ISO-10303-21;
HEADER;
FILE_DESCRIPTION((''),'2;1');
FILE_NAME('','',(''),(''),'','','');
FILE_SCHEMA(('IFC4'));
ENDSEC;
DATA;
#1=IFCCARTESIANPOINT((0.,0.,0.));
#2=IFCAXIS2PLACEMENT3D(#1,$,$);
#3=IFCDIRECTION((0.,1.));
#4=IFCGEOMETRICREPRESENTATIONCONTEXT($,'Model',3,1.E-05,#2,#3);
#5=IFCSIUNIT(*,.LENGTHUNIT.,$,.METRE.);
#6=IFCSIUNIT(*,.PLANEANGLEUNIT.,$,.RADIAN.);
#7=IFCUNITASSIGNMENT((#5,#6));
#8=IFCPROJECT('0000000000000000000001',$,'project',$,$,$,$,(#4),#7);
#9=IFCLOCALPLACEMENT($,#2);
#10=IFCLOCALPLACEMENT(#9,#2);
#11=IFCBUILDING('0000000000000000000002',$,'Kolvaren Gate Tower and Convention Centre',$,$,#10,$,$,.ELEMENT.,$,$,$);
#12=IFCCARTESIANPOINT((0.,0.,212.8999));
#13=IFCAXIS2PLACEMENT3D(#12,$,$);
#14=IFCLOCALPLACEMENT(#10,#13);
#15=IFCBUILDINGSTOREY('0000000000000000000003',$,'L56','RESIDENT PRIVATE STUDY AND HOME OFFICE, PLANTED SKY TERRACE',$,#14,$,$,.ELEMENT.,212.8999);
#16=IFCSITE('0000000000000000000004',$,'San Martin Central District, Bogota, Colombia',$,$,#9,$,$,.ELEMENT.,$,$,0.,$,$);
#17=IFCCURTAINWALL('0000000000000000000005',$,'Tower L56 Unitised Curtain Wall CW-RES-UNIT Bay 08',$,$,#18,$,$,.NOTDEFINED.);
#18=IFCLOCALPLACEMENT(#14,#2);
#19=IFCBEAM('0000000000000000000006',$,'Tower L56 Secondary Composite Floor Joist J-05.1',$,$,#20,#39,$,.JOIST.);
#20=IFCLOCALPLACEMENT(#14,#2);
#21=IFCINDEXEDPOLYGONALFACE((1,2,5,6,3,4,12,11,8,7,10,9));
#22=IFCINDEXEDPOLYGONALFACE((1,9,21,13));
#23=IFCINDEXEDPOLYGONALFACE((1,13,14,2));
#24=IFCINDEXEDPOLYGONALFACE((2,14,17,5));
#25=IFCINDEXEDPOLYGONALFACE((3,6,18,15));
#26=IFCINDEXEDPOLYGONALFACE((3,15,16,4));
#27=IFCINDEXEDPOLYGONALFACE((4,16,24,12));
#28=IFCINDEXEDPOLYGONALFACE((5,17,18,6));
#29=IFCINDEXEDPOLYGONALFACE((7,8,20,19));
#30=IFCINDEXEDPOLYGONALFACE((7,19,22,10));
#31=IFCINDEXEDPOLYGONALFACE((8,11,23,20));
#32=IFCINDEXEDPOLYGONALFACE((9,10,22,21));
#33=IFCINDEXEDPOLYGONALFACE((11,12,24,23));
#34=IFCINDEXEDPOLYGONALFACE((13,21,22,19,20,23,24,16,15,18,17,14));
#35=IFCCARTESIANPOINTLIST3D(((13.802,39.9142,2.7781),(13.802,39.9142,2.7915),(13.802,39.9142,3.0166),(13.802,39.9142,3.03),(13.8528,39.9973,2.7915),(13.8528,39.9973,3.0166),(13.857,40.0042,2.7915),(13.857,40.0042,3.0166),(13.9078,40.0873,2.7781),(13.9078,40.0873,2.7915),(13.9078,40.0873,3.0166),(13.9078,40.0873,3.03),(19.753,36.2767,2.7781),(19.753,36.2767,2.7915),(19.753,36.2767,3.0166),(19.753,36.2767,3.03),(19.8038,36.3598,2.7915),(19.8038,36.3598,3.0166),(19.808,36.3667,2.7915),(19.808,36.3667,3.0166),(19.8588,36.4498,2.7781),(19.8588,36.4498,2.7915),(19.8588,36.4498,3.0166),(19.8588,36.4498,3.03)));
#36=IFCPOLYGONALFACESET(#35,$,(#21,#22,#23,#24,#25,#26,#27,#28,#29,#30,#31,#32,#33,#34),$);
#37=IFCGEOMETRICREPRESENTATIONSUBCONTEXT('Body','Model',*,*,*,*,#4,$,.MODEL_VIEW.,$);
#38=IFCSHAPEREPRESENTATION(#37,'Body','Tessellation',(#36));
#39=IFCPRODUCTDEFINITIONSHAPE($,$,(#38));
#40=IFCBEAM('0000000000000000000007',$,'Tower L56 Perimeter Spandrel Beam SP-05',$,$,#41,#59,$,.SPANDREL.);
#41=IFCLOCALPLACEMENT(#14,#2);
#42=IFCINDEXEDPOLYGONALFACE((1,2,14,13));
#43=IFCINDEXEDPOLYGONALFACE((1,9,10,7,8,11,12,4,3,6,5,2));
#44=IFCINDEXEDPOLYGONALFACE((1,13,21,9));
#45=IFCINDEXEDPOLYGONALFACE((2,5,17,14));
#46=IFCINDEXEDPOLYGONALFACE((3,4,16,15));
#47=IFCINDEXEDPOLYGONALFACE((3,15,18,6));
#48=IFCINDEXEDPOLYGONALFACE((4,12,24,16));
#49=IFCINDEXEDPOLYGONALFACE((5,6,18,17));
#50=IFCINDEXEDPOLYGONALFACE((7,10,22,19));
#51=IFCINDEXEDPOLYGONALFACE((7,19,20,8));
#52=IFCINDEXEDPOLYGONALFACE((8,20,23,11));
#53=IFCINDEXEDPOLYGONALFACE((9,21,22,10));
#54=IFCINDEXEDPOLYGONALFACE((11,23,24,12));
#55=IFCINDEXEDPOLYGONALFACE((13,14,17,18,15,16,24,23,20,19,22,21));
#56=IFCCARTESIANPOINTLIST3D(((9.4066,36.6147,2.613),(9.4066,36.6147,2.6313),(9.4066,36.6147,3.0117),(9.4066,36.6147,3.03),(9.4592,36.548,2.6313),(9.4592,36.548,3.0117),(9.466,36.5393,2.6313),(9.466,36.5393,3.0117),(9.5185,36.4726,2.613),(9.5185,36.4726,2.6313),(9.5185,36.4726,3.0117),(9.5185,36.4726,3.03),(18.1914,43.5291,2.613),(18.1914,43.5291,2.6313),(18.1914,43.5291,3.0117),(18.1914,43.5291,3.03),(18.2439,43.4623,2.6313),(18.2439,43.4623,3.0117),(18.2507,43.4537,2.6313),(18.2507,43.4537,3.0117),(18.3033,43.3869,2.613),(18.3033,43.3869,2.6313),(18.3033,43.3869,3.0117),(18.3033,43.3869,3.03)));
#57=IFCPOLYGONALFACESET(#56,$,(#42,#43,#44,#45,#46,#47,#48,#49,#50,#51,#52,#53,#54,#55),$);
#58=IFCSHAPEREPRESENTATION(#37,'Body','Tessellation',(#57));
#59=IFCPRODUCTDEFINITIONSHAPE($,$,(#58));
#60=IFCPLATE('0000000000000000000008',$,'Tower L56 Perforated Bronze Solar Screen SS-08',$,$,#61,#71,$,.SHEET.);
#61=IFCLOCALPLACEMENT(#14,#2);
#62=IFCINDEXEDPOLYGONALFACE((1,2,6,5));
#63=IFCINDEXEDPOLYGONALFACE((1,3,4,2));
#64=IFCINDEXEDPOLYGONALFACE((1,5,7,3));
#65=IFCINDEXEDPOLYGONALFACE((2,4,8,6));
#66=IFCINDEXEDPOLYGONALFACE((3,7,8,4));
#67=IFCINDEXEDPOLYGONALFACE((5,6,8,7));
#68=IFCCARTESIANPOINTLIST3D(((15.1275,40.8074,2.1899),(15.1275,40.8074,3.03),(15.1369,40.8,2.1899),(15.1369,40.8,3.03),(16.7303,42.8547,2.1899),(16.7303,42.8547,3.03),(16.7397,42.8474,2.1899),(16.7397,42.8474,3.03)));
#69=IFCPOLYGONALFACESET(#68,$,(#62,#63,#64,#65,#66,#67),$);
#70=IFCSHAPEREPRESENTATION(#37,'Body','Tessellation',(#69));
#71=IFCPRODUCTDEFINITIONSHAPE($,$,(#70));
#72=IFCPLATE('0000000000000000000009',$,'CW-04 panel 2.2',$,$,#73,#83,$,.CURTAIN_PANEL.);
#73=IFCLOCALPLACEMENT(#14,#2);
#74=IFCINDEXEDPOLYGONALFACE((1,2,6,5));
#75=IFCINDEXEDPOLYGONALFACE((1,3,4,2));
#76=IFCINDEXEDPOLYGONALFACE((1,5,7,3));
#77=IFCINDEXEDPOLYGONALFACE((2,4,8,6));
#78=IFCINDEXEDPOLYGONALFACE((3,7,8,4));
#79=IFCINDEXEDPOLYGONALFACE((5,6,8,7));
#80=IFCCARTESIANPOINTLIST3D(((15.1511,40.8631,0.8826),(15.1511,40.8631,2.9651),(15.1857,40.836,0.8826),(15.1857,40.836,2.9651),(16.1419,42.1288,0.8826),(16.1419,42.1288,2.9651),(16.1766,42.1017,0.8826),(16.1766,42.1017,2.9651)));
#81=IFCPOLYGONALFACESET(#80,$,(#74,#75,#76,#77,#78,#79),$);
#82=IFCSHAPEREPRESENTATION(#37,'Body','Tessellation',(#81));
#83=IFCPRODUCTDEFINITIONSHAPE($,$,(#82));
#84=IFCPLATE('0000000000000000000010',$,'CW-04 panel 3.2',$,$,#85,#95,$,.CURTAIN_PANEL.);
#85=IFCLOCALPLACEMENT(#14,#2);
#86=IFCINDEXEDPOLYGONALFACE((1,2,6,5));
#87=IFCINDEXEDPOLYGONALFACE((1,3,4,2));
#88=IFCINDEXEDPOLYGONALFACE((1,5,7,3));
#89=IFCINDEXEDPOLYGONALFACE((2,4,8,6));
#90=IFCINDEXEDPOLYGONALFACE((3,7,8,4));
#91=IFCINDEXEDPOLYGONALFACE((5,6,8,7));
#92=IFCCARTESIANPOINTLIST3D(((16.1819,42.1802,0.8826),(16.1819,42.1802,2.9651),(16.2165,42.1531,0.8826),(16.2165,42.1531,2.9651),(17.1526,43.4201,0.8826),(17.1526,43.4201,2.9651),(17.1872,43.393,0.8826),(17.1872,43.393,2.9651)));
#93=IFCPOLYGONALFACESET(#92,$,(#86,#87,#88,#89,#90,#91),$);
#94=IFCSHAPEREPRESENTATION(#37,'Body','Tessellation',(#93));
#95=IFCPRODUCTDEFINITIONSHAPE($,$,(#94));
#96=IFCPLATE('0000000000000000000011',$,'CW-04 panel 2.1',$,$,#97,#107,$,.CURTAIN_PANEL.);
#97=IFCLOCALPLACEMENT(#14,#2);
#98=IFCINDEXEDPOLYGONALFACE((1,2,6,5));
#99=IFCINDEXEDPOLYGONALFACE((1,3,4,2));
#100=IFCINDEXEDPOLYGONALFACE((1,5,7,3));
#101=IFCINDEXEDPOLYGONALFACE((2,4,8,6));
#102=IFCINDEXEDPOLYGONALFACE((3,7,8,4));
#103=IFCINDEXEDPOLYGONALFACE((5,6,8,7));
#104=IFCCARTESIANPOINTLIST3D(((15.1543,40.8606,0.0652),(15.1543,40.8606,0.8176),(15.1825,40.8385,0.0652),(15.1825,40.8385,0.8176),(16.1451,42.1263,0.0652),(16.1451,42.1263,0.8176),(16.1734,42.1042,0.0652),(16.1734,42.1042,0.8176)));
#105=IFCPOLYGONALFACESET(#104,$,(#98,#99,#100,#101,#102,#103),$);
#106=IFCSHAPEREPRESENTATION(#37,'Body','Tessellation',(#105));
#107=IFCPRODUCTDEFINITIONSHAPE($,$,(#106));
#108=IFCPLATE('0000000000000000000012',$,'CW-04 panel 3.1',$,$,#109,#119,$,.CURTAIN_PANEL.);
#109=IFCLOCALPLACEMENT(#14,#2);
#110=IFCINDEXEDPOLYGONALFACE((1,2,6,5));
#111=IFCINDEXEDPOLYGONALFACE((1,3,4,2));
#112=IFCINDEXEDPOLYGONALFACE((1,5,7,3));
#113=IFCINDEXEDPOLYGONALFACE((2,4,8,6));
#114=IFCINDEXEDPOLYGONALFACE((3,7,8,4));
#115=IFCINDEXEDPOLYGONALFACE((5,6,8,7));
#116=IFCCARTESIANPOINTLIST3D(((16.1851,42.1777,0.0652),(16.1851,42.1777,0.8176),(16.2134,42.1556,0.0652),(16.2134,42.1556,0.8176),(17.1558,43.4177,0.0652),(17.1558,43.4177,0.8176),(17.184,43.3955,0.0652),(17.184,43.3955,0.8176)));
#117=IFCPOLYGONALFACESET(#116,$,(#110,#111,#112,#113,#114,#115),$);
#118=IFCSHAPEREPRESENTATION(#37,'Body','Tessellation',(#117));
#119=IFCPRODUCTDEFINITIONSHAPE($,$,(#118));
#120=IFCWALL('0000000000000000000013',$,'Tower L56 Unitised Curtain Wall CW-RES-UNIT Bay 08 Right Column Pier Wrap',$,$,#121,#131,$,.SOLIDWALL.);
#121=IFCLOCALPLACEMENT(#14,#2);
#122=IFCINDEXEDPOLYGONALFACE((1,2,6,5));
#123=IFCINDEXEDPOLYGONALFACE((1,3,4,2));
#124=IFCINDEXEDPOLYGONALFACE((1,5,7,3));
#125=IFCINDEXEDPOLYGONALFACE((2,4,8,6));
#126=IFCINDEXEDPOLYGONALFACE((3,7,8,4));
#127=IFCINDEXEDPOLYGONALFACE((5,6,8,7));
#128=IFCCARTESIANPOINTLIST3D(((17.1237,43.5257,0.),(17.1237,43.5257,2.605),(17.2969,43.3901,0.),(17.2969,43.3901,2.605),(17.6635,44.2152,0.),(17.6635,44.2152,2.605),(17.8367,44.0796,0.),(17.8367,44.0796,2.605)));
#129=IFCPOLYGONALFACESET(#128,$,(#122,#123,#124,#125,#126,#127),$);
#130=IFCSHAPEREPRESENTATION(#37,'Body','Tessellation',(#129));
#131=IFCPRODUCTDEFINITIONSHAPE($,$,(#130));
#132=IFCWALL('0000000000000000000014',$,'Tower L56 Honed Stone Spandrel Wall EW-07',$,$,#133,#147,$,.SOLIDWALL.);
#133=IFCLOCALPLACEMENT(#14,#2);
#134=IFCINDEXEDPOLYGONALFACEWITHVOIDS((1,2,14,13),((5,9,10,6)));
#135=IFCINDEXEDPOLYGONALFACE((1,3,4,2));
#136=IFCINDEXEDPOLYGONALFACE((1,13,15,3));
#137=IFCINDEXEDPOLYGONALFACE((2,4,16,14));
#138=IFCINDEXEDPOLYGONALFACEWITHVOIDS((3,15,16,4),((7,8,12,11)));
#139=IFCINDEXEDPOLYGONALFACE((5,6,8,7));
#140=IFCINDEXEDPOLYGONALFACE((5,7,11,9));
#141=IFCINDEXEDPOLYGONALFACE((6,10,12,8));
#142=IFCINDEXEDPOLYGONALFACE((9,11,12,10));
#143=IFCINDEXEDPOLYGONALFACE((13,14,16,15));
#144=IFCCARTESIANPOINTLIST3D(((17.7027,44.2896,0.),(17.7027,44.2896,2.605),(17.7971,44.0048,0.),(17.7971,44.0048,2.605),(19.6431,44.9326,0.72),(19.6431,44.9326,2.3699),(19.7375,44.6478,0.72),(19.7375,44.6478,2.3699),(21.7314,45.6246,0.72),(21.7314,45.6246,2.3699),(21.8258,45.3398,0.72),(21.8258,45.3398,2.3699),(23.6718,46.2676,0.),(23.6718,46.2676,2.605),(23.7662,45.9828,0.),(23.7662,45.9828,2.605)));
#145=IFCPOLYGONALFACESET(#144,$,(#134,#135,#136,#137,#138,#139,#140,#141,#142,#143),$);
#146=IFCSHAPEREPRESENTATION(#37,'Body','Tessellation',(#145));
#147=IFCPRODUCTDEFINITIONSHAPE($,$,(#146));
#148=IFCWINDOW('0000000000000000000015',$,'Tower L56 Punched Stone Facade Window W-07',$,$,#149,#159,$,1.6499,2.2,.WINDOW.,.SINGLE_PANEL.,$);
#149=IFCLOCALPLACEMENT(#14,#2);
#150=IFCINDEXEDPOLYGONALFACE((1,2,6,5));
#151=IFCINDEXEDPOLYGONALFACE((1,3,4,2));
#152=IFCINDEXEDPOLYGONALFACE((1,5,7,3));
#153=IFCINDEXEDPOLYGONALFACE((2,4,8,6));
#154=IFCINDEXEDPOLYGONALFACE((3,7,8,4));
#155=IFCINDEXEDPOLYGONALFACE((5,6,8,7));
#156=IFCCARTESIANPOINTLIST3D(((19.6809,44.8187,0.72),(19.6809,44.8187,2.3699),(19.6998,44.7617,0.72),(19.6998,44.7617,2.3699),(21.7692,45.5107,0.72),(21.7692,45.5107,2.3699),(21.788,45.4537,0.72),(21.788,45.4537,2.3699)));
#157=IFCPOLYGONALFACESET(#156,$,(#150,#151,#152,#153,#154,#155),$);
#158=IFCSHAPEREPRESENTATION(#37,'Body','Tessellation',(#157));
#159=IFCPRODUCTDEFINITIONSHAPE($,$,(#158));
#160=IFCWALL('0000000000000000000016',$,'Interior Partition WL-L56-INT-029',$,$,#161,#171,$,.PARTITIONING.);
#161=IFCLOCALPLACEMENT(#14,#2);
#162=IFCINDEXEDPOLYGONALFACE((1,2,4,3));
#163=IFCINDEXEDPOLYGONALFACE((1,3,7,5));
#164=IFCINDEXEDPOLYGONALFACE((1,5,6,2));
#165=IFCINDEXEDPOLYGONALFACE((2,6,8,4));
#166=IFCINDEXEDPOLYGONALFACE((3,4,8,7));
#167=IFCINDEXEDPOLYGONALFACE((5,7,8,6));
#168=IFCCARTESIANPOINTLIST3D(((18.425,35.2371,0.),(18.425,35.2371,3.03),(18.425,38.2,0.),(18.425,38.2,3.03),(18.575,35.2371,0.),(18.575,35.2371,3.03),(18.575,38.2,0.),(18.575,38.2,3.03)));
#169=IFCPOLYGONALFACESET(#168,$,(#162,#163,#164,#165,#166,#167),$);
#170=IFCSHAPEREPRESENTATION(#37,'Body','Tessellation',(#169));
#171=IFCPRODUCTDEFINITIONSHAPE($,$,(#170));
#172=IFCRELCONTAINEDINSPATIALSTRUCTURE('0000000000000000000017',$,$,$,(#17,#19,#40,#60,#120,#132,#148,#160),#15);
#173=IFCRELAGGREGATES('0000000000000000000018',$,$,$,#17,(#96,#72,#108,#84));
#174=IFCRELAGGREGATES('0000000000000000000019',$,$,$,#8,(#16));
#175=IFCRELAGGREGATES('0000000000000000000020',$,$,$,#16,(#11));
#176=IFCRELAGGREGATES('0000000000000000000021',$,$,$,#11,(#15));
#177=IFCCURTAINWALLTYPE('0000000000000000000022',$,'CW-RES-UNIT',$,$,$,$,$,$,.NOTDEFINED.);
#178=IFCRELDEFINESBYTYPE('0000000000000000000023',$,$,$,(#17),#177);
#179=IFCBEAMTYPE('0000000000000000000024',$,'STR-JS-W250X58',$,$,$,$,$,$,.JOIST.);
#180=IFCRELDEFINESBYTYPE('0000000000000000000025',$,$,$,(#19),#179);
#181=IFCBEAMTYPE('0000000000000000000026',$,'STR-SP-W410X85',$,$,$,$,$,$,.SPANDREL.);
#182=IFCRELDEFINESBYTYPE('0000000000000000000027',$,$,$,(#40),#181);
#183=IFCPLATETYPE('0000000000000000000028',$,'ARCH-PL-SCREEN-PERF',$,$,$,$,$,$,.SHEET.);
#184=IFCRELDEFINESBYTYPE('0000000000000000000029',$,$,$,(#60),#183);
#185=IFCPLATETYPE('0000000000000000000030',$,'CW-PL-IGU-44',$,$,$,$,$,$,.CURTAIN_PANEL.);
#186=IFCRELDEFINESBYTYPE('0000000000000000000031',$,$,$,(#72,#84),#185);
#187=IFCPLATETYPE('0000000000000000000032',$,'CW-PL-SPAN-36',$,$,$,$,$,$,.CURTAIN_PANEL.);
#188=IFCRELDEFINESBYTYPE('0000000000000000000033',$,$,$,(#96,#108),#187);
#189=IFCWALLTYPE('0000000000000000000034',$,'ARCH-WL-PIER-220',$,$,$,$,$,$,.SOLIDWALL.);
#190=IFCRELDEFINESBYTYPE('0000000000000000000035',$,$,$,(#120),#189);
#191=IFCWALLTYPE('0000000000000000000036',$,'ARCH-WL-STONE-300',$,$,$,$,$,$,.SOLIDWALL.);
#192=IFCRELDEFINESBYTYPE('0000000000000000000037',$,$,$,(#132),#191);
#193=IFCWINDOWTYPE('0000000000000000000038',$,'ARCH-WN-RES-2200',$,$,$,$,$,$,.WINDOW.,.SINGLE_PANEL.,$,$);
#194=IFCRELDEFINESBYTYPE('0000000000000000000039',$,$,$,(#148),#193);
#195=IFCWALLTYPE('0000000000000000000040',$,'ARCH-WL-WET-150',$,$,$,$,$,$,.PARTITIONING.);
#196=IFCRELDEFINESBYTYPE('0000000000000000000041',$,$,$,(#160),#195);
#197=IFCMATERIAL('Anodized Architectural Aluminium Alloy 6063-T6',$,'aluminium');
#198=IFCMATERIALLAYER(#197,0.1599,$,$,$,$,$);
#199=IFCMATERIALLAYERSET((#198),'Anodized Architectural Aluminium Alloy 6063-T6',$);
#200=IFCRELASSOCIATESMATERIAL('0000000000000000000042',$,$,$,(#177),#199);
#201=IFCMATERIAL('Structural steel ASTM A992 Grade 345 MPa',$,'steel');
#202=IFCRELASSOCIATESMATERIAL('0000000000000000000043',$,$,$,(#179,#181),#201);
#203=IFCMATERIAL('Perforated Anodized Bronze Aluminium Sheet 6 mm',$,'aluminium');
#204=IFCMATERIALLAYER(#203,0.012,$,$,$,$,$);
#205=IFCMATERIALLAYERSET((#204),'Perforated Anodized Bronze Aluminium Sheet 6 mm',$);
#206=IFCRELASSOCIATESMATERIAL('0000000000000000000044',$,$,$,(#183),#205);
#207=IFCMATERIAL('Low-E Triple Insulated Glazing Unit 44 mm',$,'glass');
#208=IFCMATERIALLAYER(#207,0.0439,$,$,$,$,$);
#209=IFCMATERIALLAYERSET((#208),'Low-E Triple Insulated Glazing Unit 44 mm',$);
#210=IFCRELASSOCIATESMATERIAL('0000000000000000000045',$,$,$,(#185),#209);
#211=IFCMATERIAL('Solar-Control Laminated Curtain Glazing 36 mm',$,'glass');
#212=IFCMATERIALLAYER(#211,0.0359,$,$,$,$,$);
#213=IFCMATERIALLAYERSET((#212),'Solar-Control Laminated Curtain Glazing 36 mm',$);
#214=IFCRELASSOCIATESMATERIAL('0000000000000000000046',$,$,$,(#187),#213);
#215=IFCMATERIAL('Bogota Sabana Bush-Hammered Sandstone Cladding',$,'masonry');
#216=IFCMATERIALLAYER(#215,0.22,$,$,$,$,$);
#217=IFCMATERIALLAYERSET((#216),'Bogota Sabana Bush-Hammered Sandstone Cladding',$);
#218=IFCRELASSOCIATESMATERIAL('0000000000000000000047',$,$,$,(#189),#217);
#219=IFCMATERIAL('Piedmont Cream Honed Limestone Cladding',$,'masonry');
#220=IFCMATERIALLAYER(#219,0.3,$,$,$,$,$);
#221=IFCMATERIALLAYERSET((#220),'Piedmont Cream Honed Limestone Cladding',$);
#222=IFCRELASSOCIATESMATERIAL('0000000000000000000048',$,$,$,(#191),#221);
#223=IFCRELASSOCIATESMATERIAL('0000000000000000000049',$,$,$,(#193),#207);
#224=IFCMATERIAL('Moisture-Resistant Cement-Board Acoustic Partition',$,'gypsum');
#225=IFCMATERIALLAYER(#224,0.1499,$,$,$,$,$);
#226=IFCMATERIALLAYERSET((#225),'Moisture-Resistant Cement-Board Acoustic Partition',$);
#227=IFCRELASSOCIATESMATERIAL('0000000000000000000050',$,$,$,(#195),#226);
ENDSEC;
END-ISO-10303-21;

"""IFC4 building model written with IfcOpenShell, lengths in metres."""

from ifc_helpers import new_model, si_unit, direction, frame, frame_2d, origin, origin_2d, place, context, subcontext, project, spatial, rectangle, i_section, extrude, material, layer, layer_set, material_profile, profile_set, type_object, element, fill, aggregate, save


model = new_model("IFC4")

# Units and contexts
model_context = context("Model", 3, precision=1e-05, world=origin(), true_north=direction((0.0, 1.0)))
body_context = subcontext(model_context, "Body", "Model", "MODEL_VIEW")
ifc_project = project(units=[si_unit("LENGTHUNIT", "METRE"), si_unit("PLANEANGLEUNIT", "RADIAN")], contexts=[model_context])

# Site, building, storey
site_placement = place(None, origin())
site = spatial("IfcSite", under=ifc_project, at=site_placement, Name="San Martin Central District, Bogota, Colombia", CompositionType="ELEMENT", RefElevation=0.0)
building_placement = place(site_placement, origin())
building = spatial("IfcBuilding", under=site, at=building_placement, Name="Kolvaren Gate Tower and Convention Centre", CompositionType="ELEMENT")
storey_placement = place(building_placement, frame((0.0, 0.0, 212.8999)))
storey = spatial("IfcBuildingStorey", under=building, at=storey_placement, Name="L56", Description="RESIDENT PRIVATE STUDY AND HOME OFFICE, PLANTED SKY TERRACE", CompositionType="ELEMENT", Elevation=212.8999)

# Curtain wall
ifc_material_1 = material(Name="Anodized Architectural Aluminium Alloy 6063-T6", Category="aluminium")
ifc_layer_1 = layer(ifc_material_1, 0.1599)
ifc_layer_set_1 = layer_set([ifc_layer_1], Name="Anodized Architectural Aluminium Alloy 6063-T6")
curtain_wall_type = type_object("IfcCurtainWallType", Name="CW-RES-UNIT", PredefinedType="NOTDEFINED", material=ifc_layer_set_1)
curtain_wall_placement = place(storey_placement, origin())
curtain_wall = element("IfcCurtainWall", 1, at=curtain_wall_placement, inside=storey, type_object=curtain_wall_type, Name="Tower L56 Unitised Curtain Wall CW-RES-UNIT Bay 08", PredefinedType="NOTDEFINED")

# Beams
ifc_material_2 = material(Name="Structural steel ASTM A992 Grade 345 MPa", Category="steel")
ifc_material_profile_1 = material_profile(ifc_material_2, i_section(OverallWidth=0.2029, OverallDepth=0.252, WebThickness=0.0081, FlangeThickness=0.0134, at=origin_2d()), Name="W250X58")
ifc_profile_set_1 = profile_set([ifc_material_profile_1], Name="Structural steel ASTM A992 Grade 345 MPa")
beam_type_1 = type_object("IfcBeamType", Name="STR-JS-W250X58", PredefinedType="JOIST", material=ifc_profile_set_1)
beam_1_placement = place(storey_placement, frame((19.8059, 36.3633, 2.9041), z_axis=(-0.853233, 0.521531, 0.0), x_axis=(-0.521531, -0.853233, 0.0)))
element("IfcBeam", 2, at=beam_1_placement, inside=storey, type_object=beam_type_1, Name="Tower L56 Secondary Composite Floor Joist J-05.1", PredefinedType="JOIST", context=body_context, shape_type="SweptSolid", body=[
    extrude(i_section(OverallWidth=0.2029, OverallDepth=0.252, WebThickness=0.0081, FlangeThickness=0.0134, at=origin_2d()), origin(), (0.0, 0.0, 1.0), 6.9746),
])
ifc_material_profile_2 = material_profile(ifc_material_2, i_section(OverallWidth=0.1809, OverallDepth=0.417, WebThickness=0.011, FlangeThickness=0.0183, at=origin_2d()), Name="W410X85")
ifc_profile_set_2 = profile_set([ifc_material_profile_2], Name="Structural steel ASTM A992 Grade 345 MPa")
beam_type_2 = type_object("IfcBeamType", Name="STR-SP-W410X85", PredefinedType="SPANDREL", material=ifc_profile_set_2)
beam_2_placement = place(storey_placement, frame((18.2473, 43.458, 2.8215), z_axis=(-0.785794, -0.618489, 0.0), x_axis=(0.618489, -0.785794, 0.0)))
element("IfcBeam", 3, at=beam_2_placement, inside=storey, type_object=beam_type_2, Name="Tower L56 Perimeter Spandrel Beam SP-05", PredefinedType="SPANDREL", context=body_context, shape_type="SweptSolid", body=[
    extrude(i_section(OverallWidth=0.1809, OverallDepth=0.417, WebThickness=0.011, FlangeThickness=0.0183, at=origin_2d()), origin(), (0.0, 0.0, 1.0), 11.1794),
])

# Plates
ifc_material_3 = material(Name="Perforated Anodized Bronze Aluminium Sheet 6 mm", Category="aluminium")
ifc_layer_2 = layer(ifc_material_3, 0.012)
ifc_layer_set_2 = layer_set([ifc_layer_2], Name="Perforated Anodized Bronze Aluminium Sheet 6 mm")
plate_type_1 = type_object("IfcPlateType", Name="ARCH-PL-SCREEN-PERF", PredefinedType="SHEET", material=ifc_layer_set_2)
plate_1_placement = place(storey_placement, frame((15.9336, 41.8274, 2.1899), z_axis=(0.0, 0.0, 1.0), x_axis=(0.616434, 0.787406, 0.0)))
element("IfcPlate", 4, at=plate_1_placement, inside=storey, type_object=plate_type_1, Name="Tower L56 Perforated Bronze Solar Screen SS-08", PredefinedType="SHEET", context=body_context, shape_type="SweptSolid", body=[
    extrude(rectangle(XDim=2.6001, YDim=0.012, at=origin_2d()), origin(), (0.0, 0.0, 1.0), 0.8401),
])
ifc_material_4 = material(Name="Low-E Triple Insulated Glazing Unit 44 mm", Category="glass")
ifc_layer_3 = layer(ifc_material_4, 0.0439)
ifc_layer_set_3 = layer_set([ifc_layer_3], Name="Low-E Triple Insulated Glazing Unit 44 mm")
plate_type_2 = type_object("IfcPlateType", Name="CW-PL-IGU-44", PredefinedType="CURTAIN_PANEL", material=ifc_layer_set_3)
plate_2_placement = place(storey_placement, frame((15.6638, 41.4824, 0.8826), z_axis=(0.0, 0.0, 1.0), x_axis=(0.61643, 0.78741, 0.0)))
plate_2 = element("IfcPlate", 5, at=plate_2_placement, type_object=plate_type_2, Name="CW-04 panel 2.2", PredefinedType="CURTAIN_PANEL", context=body_context, shape_type="SweptSolid", body=[
    extrude(rectangle(XDim=1.6074, YDim=0.0439, at=origin_2d()), origin(), (0.0, 0.0, 1.0), 2.0825),
])
plate_3_placement = place(storey_placement, frame((16.6846, 42.7866, 0.8826), z_axis=(0.0, 0.0, 1.0), x_axis=(0.61643, 0.78741, 0.0)))
plate_3 = element("IfcPlate", 6, at=plate_3_placement, type_object=plate_type_2, Name="CW-04 panel 3.2", PredefinedType="CURTAIN_PANEL", context=body_context, shape_type="SweptSolid", body=[
    extrude(rectangle(XDim=1.5747, YDim=0.0439, at=origin_2d()), origin(), (0.0, 0.0, 1.0), 2.0825),
])
ifc_material_5 = material(Name="Solar-Control Laminated Curtain Glazing 36 mm", Category="glass")
ifc_layer_4 = layer(ifc_material_5, 0.0359)
ifc_layer_set_4 = layer_set([ifc_layer_4], Name="Solar-Control Laminated Curtain Glazing 36 mm")
plate_type_3 = type_object("IfcPlateType", Name="CW-PL-SPAN-36", PredefinedType="CURTAIN_PANEL", material=ifc_layer_set_4)
plate_4_placement = place(storey_placement, frame((15.6638, 41.4824, 0.0652), z_axis=(0.0, 0.0, 1.0), x_axis=(0.61643, 0.78741, 0.0)))
plate_4 = element("IfcPlate", 7, at=plate_4_placement, type_object=plate_type_3, Name="CW-04 panel 2.1", PredefinedType="CURTAIN_PANEL", context=body_context, shape_type="SweptSolid", body=[
    extrude(rectangle(XDim=1.6074, YDim=0.0359, at=origin_2d()), origin(), (0.0, 0.0, 1.0), 0.7524),
])
plate_5_placement = place(storey_placement, frame((16.6846, 42.7866, 0.0652), z_axis=(0.0, 0.0, 1.0), x_axis=(0.61643, 0.78741, 0.0)))
plate_5 = element("IfcPlate", 8, at=plate_5_placement, type_object=plate_type_3, Name="CW-04 panel 3.1", PredefinedType="CURTAIN_PANEL", context=body_context, shape_type="SweptSolid", body=[
    extrude(rectangle(XDim=1.5747, YDim=0.0359, at=origin_2d()), origin(), (0.0, 0.0, 1.0), 0.7524),
])
aggregate(curtain_wall, [plate_4, plate_2, plate_5, plate_3])

# Wall
ifc_material_6 = material(Name="Bogota Sabana Bush-Hammered Sandstone Cladding", Category="masonry")
ifc_layer_5 = layer(ifc_material_6, 0.22)
ifc_layer_set_5 = layer_set([ifc_layer_5], Name="Bogota Sabana Bush-Hammered Sandstone Cladding")
wall_type_1 = type_object("IfcWallType", Name="ARCH-WL-PIER-220", PredefinedType="SOLIDWALL", material=ifc_layer_set_5)
wall_1_placement = place(storey_placement, frame((17.2102, 43.4578, 0.0), z_axis=(0.0, 0.0, 1.0), x_axis=(0.616466, 0.787381, 0.0)))
element("IfcWall", 9, at=wall_1_placement, inside=storey, type_object=wall_type_1, Name="Tower L56 Unitised Curtain Wall CW-RES-UNIT Bay 08 Right Column Pier Wrap", PredefinedType="SOLIDWALL", context=body_context, shape_type="SweptSolid", body=[
    extrude(rectangle(XDim=0.8757, YDim=0.22, at=frame_2d((0.438, 0.0))), origin(), (0.0, 0.0, 1.0), 2.605),
])

# Wall, opening, window
ifc_material_7 = material(Name="Piedmont Cream Honed Limestone Cladding", Category="masonry")
ifc_layer_6 = layer(ifc_material_7, 0.3)
ifc_layer_set_6 = layer_set([ifc_layer_6], Name="Piedmont Cream Honed Limestone Cladding")
wall_type_2 = type_object("IfcWallType", Name="ARCH-WL-STONE-300", PredefinedType="SOLIDWALL", material=ifc_layer_set_6)
wall_2_placement = place(storey_placement, frame((17.75, 44.1472, 0.0), z_axis=(0.0, 0.0, 1.0), x_axis=(0.949241, 0.31455, 0.0)))
wall_2 = element("IfcWall", 10, at=wall_2_placement, inside=storey, type_object=wall_type_2, Name="Tower L56 Honed Stone Spandrel Wall EW-07", PredefinedType="SOLIDWALL", context=body_context, shape_type="SweptSolid", body=[
    extrude(rectangle(XDim=6.2883, YDim=0.3, at=frame_2d((3.144, 0.0))), origin(), (0.0, 0.0, 1.0), 2.605),
])
opening_placement = place(wall_2_placement, frame((2.0439, 0.0, 0.72)))
opening = element("IfcOpeningElement", 11, at=opening_placement, cuts=wall_2, PredefinedType="OPENING", context=body_context, shape_type="SweptSolid", body=[
    extrude(rectangle(XDim=2.2, YDim=1.6499, at=frame_2d((1.1001, 0.825))), frame((0.0, 0.1599, 0.0), z_axis=(0.0, -1.0, 0.0), x_axis=(1.0, 0.0, 0.0)), (0.0, 0.0, 1.0), 0.3201),
])
window_type = type_object("IfcWindowType", Name="ARCH-WN-RES-2200", PartitioningType="SINGLE_PANEL", PredefinedType="WINDOW", material=ifc_material_4)
window_placement = place(opening_placement, origin())
window = element("IfcWindow", 12, at=window_placement, inside=storey, type_object=window_type, Name="Tower L56 Punched Stone Facade Window W-07", OverallHeight=1.6499, OverallWidth=2.2, PartitioningType="SINGLE_PANEL", PredefinedType="WINDOW", context=body_context, shape_type="SweptSolid", body=[
    extrude(rectangle(XDim=2.2, YDim=1.6499, at=frame_2d((1.1001, 0.825))), frame((0.0, 0.03, 0.0), z_axis=(0.0, -1.0, 0.0), x_axis=(1.0, 0.0, 0.0)), (0.0, 0.0, 1.0), 0.0601),
])
fill(opening, window)

# Wall
ifc_material_8 = material(Name="Moisture-Resistant Cement-Board Acoustic Partition", Category="gypsum")
ifc_layer_7 = layer(ifc_material_8, 0.1499)
ifc_layer_set_7 = layer_set([ifc_layer_7], Name="Moisture-Resistant Cement-Board Acoustic Partition")
wall_type_3 = type_object("IfcWallType", Name="ARCH-WL-WET-150", PredefinedType="PARTITIONING", material=ifc_layer_set_7)
wall_3_placement = place(storey_placement, frame((18.5, 35.2371, 0.0), z_axis=(0.0, 0.0, 1.0), x_axis=(0.0, 1.0, 0.0)))
element("IfcWall", 13, at=wall_3_placement, inside=storey, type_object=wall_type_3, Name="Interior Partition WL-L56-INT-029", PredefinedType="PARTITIONING", context=body_context, shape_type="SweptSolid", body=[
    extrude(rectangle(XDim=2.9629, YDim=0.1499, at=frame_2d((1.4814, 0.0))), origin(), (0.0, 0.0, 1.0), 3.03),
])

save(model, "model.ifc")
